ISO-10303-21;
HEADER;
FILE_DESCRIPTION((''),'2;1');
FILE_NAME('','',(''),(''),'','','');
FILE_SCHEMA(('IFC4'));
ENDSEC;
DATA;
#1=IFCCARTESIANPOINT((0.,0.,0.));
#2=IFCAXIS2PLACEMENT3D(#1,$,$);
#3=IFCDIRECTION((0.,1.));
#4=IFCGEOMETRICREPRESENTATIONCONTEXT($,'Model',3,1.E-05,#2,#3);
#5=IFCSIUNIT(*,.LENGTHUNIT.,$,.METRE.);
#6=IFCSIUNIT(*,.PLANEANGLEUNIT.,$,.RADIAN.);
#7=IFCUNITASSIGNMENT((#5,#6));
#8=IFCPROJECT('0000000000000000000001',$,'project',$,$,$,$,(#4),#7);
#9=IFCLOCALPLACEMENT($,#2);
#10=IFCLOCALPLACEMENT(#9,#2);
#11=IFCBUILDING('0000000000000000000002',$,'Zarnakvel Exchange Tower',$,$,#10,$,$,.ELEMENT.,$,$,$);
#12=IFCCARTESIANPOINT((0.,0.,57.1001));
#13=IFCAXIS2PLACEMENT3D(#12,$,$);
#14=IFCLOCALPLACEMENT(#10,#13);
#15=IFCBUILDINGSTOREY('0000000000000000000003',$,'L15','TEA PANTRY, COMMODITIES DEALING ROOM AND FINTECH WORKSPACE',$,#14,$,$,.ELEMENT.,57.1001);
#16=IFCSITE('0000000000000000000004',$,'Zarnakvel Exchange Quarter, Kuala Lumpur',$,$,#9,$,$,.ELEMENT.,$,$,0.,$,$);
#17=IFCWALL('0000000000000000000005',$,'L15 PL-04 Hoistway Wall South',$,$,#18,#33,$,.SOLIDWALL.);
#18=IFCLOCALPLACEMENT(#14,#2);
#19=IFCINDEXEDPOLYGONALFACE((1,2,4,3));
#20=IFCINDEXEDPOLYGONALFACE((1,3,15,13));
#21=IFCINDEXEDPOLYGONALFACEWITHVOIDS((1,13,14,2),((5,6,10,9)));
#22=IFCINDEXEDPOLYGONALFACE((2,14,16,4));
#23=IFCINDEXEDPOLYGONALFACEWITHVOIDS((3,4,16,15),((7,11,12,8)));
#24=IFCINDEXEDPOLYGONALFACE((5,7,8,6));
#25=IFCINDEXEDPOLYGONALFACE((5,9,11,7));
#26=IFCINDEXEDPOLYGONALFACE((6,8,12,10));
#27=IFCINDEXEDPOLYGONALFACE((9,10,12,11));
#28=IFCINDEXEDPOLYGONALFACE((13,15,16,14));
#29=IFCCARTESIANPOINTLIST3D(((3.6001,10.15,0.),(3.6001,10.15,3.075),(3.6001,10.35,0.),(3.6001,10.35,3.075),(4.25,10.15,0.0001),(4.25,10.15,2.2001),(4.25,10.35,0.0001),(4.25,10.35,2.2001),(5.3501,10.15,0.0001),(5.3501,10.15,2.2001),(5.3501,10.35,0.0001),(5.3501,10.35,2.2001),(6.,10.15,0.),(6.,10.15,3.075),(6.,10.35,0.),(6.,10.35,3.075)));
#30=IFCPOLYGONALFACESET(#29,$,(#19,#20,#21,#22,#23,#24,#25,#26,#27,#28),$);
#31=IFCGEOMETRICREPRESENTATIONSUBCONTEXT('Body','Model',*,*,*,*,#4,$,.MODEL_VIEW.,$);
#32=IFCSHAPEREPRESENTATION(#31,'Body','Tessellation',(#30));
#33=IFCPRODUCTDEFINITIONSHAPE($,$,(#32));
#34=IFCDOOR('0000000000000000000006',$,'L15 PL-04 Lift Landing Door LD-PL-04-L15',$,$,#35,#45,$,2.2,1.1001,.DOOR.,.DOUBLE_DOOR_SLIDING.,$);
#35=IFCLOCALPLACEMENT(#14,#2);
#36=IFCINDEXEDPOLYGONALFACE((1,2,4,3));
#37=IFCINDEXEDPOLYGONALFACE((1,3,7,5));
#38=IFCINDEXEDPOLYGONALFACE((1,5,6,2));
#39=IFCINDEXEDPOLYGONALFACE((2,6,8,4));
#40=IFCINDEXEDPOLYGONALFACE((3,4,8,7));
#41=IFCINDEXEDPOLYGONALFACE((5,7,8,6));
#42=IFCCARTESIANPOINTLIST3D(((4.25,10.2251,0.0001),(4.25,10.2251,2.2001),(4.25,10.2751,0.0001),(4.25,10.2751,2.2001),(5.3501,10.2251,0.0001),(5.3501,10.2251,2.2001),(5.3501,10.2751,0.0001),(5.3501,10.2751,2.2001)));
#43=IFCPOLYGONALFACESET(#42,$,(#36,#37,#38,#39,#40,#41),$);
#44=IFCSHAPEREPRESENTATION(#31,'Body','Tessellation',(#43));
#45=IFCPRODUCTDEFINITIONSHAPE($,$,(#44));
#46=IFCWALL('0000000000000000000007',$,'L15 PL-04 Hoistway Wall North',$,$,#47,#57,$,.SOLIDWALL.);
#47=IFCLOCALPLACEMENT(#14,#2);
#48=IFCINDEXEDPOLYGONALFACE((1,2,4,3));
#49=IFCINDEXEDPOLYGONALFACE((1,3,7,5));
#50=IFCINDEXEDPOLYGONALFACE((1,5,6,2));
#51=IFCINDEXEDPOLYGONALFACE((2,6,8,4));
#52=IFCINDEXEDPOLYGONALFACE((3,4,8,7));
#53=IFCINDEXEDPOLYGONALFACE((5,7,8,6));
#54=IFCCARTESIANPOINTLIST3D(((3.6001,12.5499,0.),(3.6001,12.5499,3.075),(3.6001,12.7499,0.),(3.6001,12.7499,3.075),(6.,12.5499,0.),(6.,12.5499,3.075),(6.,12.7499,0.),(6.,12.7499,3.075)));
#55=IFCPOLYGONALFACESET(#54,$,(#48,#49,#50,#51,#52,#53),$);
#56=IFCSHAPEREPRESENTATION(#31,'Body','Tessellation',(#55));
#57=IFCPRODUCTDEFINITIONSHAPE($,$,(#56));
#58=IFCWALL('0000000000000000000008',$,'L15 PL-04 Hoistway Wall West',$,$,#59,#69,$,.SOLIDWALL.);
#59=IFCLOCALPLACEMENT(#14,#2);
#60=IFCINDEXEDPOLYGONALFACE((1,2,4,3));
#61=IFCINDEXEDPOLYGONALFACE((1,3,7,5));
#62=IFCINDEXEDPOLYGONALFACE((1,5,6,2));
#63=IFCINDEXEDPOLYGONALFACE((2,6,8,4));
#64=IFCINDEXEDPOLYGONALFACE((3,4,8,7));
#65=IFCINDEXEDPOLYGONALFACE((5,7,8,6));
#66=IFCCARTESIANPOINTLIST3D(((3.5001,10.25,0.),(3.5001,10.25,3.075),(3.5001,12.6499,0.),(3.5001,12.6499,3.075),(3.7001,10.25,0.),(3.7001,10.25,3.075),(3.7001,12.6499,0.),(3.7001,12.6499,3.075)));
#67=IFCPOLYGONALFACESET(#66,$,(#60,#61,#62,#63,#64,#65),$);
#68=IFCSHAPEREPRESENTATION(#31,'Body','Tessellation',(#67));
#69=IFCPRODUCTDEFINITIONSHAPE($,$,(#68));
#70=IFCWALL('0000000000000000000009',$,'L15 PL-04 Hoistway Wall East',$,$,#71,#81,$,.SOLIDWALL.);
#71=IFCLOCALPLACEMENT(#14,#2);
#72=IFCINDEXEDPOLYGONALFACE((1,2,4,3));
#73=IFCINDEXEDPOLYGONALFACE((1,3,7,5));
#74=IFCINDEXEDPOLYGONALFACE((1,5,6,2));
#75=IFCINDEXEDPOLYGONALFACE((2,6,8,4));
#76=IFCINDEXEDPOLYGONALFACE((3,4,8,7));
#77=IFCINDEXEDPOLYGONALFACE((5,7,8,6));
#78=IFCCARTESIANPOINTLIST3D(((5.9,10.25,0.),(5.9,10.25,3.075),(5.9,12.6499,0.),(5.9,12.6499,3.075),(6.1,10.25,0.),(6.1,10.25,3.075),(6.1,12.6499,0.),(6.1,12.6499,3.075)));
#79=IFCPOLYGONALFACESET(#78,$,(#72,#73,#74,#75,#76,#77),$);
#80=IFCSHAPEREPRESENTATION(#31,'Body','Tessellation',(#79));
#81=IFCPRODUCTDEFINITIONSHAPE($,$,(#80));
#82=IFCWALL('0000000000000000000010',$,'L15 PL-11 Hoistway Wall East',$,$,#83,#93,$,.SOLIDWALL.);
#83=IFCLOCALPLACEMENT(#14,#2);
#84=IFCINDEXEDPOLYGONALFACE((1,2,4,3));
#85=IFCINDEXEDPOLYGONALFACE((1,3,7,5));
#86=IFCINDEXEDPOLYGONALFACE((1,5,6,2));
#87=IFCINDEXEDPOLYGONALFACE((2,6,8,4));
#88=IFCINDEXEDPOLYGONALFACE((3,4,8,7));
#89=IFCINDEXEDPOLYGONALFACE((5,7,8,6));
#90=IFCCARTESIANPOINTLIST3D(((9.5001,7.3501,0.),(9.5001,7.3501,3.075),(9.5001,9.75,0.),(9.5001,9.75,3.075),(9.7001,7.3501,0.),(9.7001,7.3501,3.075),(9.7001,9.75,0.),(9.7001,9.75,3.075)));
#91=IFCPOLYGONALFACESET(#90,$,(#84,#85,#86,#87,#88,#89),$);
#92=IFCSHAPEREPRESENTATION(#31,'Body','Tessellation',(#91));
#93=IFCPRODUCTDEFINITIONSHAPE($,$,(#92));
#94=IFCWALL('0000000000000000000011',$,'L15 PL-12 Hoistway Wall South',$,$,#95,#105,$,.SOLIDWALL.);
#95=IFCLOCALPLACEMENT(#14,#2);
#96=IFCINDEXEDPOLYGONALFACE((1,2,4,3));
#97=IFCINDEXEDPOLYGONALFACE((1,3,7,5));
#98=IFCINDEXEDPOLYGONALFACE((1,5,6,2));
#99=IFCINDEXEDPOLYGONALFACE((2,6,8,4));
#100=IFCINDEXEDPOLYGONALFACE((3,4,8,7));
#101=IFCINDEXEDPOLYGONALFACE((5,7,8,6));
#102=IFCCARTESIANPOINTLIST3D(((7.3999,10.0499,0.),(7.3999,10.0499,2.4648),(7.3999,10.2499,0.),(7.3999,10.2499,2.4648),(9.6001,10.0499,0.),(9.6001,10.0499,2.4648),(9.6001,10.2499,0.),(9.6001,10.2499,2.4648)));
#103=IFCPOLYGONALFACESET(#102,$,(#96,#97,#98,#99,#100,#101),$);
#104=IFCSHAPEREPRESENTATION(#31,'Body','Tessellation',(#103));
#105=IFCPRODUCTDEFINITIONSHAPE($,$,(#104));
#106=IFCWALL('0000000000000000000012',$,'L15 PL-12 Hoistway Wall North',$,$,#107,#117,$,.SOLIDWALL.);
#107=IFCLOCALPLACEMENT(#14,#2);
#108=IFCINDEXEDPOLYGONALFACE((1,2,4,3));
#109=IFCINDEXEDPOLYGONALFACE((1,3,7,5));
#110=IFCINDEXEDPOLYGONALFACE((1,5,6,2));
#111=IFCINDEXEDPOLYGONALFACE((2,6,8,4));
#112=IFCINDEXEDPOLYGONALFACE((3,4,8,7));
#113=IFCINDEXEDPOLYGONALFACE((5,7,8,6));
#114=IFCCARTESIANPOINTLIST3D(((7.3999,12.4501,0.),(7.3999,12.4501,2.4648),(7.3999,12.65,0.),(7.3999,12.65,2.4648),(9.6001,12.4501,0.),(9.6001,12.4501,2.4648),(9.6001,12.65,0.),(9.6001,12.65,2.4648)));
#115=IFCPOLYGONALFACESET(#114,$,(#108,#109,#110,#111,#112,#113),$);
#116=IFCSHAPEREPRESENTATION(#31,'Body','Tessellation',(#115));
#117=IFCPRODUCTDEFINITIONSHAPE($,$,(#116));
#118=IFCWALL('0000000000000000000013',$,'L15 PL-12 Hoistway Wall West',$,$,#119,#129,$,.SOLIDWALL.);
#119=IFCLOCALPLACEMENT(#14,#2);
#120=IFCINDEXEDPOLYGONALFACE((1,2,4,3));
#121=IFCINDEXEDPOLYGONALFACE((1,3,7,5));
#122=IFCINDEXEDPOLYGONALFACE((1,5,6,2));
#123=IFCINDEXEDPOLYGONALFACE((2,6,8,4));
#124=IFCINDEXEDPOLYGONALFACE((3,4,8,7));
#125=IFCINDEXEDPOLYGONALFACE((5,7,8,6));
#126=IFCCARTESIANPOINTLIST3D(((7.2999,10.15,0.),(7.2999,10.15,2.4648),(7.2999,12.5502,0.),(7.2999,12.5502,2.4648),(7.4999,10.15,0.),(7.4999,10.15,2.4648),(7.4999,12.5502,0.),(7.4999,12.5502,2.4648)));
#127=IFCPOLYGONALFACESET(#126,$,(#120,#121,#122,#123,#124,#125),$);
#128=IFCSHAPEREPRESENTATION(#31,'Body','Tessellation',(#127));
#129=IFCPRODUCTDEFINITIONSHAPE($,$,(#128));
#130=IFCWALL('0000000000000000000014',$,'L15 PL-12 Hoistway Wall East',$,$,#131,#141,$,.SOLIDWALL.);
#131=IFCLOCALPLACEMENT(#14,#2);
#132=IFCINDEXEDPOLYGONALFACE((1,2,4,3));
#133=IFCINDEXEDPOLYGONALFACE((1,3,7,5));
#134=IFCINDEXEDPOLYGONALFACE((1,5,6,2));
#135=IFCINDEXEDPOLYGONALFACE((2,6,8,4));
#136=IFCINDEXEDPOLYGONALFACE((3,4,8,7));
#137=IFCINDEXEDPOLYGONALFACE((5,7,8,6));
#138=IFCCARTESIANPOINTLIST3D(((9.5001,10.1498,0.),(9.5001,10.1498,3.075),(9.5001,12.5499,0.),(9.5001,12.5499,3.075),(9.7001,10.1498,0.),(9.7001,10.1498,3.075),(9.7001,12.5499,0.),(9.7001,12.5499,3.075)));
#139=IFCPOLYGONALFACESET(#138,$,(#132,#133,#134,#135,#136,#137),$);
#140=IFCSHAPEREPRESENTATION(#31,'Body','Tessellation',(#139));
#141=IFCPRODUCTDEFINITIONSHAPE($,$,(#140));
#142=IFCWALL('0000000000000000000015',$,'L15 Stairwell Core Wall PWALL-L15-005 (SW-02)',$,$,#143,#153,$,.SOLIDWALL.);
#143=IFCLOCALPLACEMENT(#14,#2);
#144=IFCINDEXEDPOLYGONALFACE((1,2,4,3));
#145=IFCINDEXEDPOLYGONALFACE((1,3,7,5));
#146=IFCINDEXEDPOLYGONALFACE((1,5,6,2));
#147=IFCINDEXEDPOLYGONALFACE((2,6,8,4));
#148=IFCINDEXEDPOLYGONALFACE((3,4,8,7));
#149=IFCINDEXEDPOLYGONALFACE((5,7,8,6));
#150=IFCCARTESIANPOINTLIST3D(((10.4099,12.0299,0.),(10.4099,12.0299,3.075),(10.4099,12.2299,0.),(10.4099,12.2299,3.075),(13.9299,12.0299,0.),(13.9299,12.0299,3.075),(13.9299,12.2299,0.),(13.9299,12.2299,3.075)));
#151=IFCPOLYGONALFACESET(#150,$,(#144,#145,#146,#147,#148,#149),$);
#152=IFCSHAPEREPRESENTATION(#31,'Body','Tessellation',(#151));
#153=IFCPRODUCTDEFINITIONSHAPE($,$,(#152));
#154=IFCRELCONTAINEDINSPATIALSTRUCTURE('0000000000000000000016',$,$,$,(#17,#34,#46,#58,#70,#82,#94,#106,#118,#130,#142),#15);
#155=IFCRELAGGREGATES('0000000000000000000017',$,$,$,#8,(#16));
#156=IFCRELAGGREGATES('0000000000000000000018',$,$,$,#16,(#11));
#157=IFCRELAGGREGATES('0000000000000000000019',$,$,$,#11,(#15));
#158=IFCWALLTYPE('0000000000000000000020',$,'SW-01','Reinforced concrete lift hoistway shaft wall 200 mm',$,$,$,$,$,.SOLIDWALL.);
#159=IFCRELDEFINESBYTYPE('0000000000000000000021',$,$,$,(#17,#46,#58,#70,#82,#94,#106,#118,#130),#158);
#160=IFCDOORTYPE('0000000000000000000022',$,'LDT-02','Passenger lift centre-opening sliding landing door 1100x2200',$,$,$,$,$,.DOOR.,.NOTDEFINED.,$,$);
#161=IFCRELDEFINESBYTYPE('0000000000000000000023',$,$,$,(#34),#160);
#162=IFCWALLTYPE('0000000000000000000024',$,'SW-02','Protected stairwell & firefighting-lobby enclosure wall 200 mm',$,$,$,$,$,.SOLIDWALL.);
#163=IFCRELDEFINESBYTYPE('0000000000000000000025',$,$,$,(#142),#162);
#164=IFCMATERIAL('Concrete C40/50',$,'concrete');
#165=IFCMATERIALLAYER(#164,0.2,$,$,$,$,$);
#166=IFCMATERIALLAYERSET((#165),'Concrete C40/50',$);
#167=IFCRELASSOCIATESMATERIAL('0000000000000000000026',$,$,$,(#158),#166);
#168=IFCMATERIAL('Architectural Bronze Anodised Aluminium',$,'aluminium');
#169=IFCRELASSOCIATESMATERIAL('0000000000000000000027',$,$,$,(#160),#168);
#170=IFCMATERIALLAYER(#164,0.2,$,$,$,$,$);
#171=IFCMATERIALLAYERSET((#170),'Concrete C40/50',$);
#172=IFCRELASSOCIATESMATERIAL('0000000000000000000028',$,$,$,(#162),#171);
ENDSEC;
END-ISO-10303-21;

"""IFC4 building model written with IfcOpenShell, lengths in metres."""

from ifc_helpers import new_model, si_unit, direction, frame, frame_2d, origin, place, context, subcontext, project, spatial, rectangle, extrude, source, transform, mapped, material, layer, layer_set, type_object, element, fill, save


model = new_model("IFC4")

# Units and contexts
model_context = context("Model", 3, precision=1e-05, world=origin(), true_north=direction((0.0, 1.0)))
body_context = subcontext(model_context, "Body", "Model", "MODEL_VIEW")
ifc_project = project(units=[si_unit("LENGTHUNIT", "METRE"), si_unit("PLANEANGLEUNIT", "RADIAN")], contexts=[model_context])

# Site, building, storey
site_placement = place(None, origin())
site = spatial("IfcSite", under=ifc_project, at=site_placement, Name="Zarnakvel Exchange Quarter, Kuala Lumpur", CompositionType="ELEMENT", RefElevation=0.0)
building_placement = place(site_placement, origin())
building = spatial("IfcBuilding", under=site, at=building_placement, Name="Zarnakvel Exchange Tower", CompositionType="ELEMENT")
storey_placement = place(building_placement, frame((0.0, 0.0, 57.1001)))
storey = spatial("IfcBuildingStorey", under=building, at=storey_placement, Name="L15", Description="TEA PANTRY, COMMODITIES DEALING ROOM AND FINTECH WORKSPACE", CompositionType="ELEMENT", Elevation=57.1001)

# Shared definitions
ifc_material_1 = material(Name="Architectural Bronze Anodised Aluminium", Category="aluminium")

# Shared definitions
ifc_material_2 = material(Name="Concrete C40/50", Category="concrete")
ifc_layer_1 = layer(ifc_material_2, 0.2)
ifc_layer_set_1 = layer_set([ifc_layer_1], Name="Concrete C40/50")
wall_type_1 = type_object("IfcWallType", Name="SW-01", Description="Reinforced concrete lift hoistway shaft wall 200 mm", PredefinedType="SOLIDWALL", material=ifc_layer_set_1)
door_type = type_object("IfcDoorType", Name="LDT-02", Description="Passenger lift centre-opening sliding landing door 1100x2200", OperationType="NOTDEFINED", PredefinedType="DOOR", material=ifc_material_1)
shared_shape_1 = source(origin(), body_context, "Body", "SweptSolid", [
    extrude(rectangle(XDim=1.1001, YDim=2.2, at=frame_2d((0.55, 1.1001))), frame((0.0, 0.0249, 0.0), z_axis=(0.0, -1.0, 0.0), x_axis=(1.0, 0.0, 0.0)), (0.0, 0.0, 1.0), 0.05),
])

# Wall, opening, door
wall_1_placement = place(storey_placement, frame((6.0, 10.25, 0.0), z_axis=(0.0, 0.0, 1.0), x_axis=(-1.0, 0.0, 0.0)))
wall_1 = element("IfcWall", 1, at=wall_1_placement, inside=storey, type_object=wall_type_1, Name="L15 PL-04 Hoistway Wall South", PredefinedType="SOLIDWALL", context=body_context, shape_type="SweptSolid", body=[
    extrude(rectangle(XDim=2.3999, YDim=0.2, at=frame_2d((1.2, 0.0))), origin(), (0.0, 0.0, 1.0), 3.075),
])
opening_1_placement = place(wall_1_placement, frame((0.6499, 0.0, 0.0)))
opening_1 = element("IfcOpeningElement", 2, at=opening_1_placement, cuts=wall_1, PredefinedType="OPENING", context=body_context, shape_type="SweptSolid", body=[
    extrude(rectangle(XDim=1.1001, YDim=2.2, at=frame_2d((0.55, 1.1001))), frame((0.0, 0.1099, 0.0), z_axis=(0.0, -1.0, 0.0), x_axis=(1.0, 0.0, 0.0)), (0.0, 0.0, 1.0), 0.22),
])
door_1_placement = place(opening_1_placement, origin())
door_1 = element("IfcDoor", 3, at=door_1_placement, inside=storey, type_object=door_type, Name="L15 PL-04 Lift Landing Door LD-PL-04-L15", OperationType="DOUBLE_DOOR_SLIDING", OverallHeight=2.2, OverallWidth=1.1001, PredefinedType="DOOR", context=body_context, shape_type="MappedRepresentation", body=[
    mapped(shared_shape_1, transform((0.0, 0.0, 0.0), x_axis=(1.0, 0.0, 0.0), y_axis=(0.0, 1.0, 0.0), z_axis=(0.0, 0.0, 1.0), scale=1.0)),
])
fill(opening_1, door_1)

# Walls
for number, where, z_axis, x_axis, name in (
    (4, (3.6001, 12.6499, 0.0), (0.0, 0.0, 1.0), (1.0, 0.0, 0.0), "L15 PL-04 Hoistway Wall North"),
    (5, (3.6001, 10.25, 0.0), (0.0, 0.0, 1.0), (0.0, 1.0, 0.0), "L15 PL-04 Hoistway Wall West"),
    (6, (6.0, 12.6499, 0.0), (0.0, 0.0, 1.0), (0.0, -1.0, 0.0), "L15 PL-04 Hoistway Wall East"),
    (7, (9.6001, 9.75, 0.0), (0.0, 0.0, 1.0), (0.0, -1.0, 0.0), "L15 PL-11 Hoistway Wall East"),
):
    element("IfcWall", number, at=place(storey_placement, frame(where, z_axis=z_axis, x_axis=x_axis)), inside=storey, type_object=wall_type_1, Name=name, PredefinedType="SOLIDWALL", context=body_context, shape_type="SweptSolid", body=[
        extrude(rectangle(XDim=2.3999, YDim=0.2, at=frame_2d((1.2, 0.0))), origin(), (0.0, 0.0, 1.0), 3.075),
    ])
for number, where, z_axis, x_axis, name in (
    (8, (9.6001, 10.1499, 0.0), (0.0, 0.0, 1.0), (-1.0, 0.0, 0.0), "L15 PL-12 Hoistway Wall South"),
    (9, (7.3999, 12.55, 0.0), (0.0, 0.0, 1.0), (1.0, 0.0, 0.0), "L15 PL-12 Hoistway Wall North"),
):
    element("IfcWall", number, at=place(storey_placement, frame(where, z_axis=z_axis, x_axis=x_axis)), inside=storey, type_object=wall_type_1, Name=name, PredefinedType="SOLIDWALL", context=body_context, shape_type="SweptSolid", body=[
        extrude(rectangle(XDim=2.2002, YDim=0.2, at=frame_2d((1.1001, 0.0))), origin(), (0.0, 0.0, 1.0), 2.4648),
    ])
wall_2_placement = place(storey_placement, frame((7.3999, 10.1499, 0.0), z_axis=(0.0, 0.0, 1.0), x_axis=(0.0, 1.0, 0.0)))
element("IfcWall", 10, at=wall_2_placement, inside=storey, type_object=wall_type_1, Name="L15 PL-12 Hoistway Wall West", PredefinedType="SOLIDWALL", context=body_context, shape_type="SweptSolid", body=[
    extrude(rectangle(XDim=2.4001, YDim=0.2, at=frame_2d((1.2002, 0.0))), origin(), (0.0, 0.0, 1.0), 2.4648),
])
wall_3_placement = place(storey_placement, frame((9.6001, 12.55, 0.0), z_axis=(0.0, 0.0, 1.0), x_axis=(0.0, -1.0, 0.0)))
element("IfcWall", 11, at=wall_3_placement, inside=storey, type_object=wall_type_1, Name="L15 PL-12 Hoistway Wall East", PredefinedType="SOLIDWALL", context=body_context, shape_type="SweptSolid", body=[
    extrude(rectangle(XDim=2.4001, YDim=0.2, at=frame_2d((1.2002, 0.0))), origin(), (0.0, 0.0, 1.0), 3.075),
])
ifc_layer_2 = layer(ifc_material_2, 0.2)
ifc_layer_set_2 = layer_set([ifc_layer_2], Name="Concrete C40/50")
wall_type_2 = type_object("IfcWallType", Name="SW-02", Description="Protected stairwell & firefighting-lobby enclosure wall 200 mm", PredefinedType="SOLIDWALL", material=ifc_layer_set_2)
wall_4_placement = place(storey_placement, frame((10.4099, 12.1299, 0.0), z_axis=(0.0, 0.0, 1.0), x_axis=(1.0, 0.0, 0.0)))
element("IfcWall", 12, at=wall_4_placement, inside=storey, type_object=wall_type_2, Name="L15 Stairwell Core Wall PWALL-L15-005 (SW-02)", PredefinedType="SOLIDWALL", context=body_context, shape_type="SweptSolid", body=[
    extrude(rectangle(XDim=3.52, YDim=0.2, at=frame_2d((1.76, 0.0))), origin(), (0.0, 0.0, 1.0), 3.075),
])

save(model, "model.ifc")
